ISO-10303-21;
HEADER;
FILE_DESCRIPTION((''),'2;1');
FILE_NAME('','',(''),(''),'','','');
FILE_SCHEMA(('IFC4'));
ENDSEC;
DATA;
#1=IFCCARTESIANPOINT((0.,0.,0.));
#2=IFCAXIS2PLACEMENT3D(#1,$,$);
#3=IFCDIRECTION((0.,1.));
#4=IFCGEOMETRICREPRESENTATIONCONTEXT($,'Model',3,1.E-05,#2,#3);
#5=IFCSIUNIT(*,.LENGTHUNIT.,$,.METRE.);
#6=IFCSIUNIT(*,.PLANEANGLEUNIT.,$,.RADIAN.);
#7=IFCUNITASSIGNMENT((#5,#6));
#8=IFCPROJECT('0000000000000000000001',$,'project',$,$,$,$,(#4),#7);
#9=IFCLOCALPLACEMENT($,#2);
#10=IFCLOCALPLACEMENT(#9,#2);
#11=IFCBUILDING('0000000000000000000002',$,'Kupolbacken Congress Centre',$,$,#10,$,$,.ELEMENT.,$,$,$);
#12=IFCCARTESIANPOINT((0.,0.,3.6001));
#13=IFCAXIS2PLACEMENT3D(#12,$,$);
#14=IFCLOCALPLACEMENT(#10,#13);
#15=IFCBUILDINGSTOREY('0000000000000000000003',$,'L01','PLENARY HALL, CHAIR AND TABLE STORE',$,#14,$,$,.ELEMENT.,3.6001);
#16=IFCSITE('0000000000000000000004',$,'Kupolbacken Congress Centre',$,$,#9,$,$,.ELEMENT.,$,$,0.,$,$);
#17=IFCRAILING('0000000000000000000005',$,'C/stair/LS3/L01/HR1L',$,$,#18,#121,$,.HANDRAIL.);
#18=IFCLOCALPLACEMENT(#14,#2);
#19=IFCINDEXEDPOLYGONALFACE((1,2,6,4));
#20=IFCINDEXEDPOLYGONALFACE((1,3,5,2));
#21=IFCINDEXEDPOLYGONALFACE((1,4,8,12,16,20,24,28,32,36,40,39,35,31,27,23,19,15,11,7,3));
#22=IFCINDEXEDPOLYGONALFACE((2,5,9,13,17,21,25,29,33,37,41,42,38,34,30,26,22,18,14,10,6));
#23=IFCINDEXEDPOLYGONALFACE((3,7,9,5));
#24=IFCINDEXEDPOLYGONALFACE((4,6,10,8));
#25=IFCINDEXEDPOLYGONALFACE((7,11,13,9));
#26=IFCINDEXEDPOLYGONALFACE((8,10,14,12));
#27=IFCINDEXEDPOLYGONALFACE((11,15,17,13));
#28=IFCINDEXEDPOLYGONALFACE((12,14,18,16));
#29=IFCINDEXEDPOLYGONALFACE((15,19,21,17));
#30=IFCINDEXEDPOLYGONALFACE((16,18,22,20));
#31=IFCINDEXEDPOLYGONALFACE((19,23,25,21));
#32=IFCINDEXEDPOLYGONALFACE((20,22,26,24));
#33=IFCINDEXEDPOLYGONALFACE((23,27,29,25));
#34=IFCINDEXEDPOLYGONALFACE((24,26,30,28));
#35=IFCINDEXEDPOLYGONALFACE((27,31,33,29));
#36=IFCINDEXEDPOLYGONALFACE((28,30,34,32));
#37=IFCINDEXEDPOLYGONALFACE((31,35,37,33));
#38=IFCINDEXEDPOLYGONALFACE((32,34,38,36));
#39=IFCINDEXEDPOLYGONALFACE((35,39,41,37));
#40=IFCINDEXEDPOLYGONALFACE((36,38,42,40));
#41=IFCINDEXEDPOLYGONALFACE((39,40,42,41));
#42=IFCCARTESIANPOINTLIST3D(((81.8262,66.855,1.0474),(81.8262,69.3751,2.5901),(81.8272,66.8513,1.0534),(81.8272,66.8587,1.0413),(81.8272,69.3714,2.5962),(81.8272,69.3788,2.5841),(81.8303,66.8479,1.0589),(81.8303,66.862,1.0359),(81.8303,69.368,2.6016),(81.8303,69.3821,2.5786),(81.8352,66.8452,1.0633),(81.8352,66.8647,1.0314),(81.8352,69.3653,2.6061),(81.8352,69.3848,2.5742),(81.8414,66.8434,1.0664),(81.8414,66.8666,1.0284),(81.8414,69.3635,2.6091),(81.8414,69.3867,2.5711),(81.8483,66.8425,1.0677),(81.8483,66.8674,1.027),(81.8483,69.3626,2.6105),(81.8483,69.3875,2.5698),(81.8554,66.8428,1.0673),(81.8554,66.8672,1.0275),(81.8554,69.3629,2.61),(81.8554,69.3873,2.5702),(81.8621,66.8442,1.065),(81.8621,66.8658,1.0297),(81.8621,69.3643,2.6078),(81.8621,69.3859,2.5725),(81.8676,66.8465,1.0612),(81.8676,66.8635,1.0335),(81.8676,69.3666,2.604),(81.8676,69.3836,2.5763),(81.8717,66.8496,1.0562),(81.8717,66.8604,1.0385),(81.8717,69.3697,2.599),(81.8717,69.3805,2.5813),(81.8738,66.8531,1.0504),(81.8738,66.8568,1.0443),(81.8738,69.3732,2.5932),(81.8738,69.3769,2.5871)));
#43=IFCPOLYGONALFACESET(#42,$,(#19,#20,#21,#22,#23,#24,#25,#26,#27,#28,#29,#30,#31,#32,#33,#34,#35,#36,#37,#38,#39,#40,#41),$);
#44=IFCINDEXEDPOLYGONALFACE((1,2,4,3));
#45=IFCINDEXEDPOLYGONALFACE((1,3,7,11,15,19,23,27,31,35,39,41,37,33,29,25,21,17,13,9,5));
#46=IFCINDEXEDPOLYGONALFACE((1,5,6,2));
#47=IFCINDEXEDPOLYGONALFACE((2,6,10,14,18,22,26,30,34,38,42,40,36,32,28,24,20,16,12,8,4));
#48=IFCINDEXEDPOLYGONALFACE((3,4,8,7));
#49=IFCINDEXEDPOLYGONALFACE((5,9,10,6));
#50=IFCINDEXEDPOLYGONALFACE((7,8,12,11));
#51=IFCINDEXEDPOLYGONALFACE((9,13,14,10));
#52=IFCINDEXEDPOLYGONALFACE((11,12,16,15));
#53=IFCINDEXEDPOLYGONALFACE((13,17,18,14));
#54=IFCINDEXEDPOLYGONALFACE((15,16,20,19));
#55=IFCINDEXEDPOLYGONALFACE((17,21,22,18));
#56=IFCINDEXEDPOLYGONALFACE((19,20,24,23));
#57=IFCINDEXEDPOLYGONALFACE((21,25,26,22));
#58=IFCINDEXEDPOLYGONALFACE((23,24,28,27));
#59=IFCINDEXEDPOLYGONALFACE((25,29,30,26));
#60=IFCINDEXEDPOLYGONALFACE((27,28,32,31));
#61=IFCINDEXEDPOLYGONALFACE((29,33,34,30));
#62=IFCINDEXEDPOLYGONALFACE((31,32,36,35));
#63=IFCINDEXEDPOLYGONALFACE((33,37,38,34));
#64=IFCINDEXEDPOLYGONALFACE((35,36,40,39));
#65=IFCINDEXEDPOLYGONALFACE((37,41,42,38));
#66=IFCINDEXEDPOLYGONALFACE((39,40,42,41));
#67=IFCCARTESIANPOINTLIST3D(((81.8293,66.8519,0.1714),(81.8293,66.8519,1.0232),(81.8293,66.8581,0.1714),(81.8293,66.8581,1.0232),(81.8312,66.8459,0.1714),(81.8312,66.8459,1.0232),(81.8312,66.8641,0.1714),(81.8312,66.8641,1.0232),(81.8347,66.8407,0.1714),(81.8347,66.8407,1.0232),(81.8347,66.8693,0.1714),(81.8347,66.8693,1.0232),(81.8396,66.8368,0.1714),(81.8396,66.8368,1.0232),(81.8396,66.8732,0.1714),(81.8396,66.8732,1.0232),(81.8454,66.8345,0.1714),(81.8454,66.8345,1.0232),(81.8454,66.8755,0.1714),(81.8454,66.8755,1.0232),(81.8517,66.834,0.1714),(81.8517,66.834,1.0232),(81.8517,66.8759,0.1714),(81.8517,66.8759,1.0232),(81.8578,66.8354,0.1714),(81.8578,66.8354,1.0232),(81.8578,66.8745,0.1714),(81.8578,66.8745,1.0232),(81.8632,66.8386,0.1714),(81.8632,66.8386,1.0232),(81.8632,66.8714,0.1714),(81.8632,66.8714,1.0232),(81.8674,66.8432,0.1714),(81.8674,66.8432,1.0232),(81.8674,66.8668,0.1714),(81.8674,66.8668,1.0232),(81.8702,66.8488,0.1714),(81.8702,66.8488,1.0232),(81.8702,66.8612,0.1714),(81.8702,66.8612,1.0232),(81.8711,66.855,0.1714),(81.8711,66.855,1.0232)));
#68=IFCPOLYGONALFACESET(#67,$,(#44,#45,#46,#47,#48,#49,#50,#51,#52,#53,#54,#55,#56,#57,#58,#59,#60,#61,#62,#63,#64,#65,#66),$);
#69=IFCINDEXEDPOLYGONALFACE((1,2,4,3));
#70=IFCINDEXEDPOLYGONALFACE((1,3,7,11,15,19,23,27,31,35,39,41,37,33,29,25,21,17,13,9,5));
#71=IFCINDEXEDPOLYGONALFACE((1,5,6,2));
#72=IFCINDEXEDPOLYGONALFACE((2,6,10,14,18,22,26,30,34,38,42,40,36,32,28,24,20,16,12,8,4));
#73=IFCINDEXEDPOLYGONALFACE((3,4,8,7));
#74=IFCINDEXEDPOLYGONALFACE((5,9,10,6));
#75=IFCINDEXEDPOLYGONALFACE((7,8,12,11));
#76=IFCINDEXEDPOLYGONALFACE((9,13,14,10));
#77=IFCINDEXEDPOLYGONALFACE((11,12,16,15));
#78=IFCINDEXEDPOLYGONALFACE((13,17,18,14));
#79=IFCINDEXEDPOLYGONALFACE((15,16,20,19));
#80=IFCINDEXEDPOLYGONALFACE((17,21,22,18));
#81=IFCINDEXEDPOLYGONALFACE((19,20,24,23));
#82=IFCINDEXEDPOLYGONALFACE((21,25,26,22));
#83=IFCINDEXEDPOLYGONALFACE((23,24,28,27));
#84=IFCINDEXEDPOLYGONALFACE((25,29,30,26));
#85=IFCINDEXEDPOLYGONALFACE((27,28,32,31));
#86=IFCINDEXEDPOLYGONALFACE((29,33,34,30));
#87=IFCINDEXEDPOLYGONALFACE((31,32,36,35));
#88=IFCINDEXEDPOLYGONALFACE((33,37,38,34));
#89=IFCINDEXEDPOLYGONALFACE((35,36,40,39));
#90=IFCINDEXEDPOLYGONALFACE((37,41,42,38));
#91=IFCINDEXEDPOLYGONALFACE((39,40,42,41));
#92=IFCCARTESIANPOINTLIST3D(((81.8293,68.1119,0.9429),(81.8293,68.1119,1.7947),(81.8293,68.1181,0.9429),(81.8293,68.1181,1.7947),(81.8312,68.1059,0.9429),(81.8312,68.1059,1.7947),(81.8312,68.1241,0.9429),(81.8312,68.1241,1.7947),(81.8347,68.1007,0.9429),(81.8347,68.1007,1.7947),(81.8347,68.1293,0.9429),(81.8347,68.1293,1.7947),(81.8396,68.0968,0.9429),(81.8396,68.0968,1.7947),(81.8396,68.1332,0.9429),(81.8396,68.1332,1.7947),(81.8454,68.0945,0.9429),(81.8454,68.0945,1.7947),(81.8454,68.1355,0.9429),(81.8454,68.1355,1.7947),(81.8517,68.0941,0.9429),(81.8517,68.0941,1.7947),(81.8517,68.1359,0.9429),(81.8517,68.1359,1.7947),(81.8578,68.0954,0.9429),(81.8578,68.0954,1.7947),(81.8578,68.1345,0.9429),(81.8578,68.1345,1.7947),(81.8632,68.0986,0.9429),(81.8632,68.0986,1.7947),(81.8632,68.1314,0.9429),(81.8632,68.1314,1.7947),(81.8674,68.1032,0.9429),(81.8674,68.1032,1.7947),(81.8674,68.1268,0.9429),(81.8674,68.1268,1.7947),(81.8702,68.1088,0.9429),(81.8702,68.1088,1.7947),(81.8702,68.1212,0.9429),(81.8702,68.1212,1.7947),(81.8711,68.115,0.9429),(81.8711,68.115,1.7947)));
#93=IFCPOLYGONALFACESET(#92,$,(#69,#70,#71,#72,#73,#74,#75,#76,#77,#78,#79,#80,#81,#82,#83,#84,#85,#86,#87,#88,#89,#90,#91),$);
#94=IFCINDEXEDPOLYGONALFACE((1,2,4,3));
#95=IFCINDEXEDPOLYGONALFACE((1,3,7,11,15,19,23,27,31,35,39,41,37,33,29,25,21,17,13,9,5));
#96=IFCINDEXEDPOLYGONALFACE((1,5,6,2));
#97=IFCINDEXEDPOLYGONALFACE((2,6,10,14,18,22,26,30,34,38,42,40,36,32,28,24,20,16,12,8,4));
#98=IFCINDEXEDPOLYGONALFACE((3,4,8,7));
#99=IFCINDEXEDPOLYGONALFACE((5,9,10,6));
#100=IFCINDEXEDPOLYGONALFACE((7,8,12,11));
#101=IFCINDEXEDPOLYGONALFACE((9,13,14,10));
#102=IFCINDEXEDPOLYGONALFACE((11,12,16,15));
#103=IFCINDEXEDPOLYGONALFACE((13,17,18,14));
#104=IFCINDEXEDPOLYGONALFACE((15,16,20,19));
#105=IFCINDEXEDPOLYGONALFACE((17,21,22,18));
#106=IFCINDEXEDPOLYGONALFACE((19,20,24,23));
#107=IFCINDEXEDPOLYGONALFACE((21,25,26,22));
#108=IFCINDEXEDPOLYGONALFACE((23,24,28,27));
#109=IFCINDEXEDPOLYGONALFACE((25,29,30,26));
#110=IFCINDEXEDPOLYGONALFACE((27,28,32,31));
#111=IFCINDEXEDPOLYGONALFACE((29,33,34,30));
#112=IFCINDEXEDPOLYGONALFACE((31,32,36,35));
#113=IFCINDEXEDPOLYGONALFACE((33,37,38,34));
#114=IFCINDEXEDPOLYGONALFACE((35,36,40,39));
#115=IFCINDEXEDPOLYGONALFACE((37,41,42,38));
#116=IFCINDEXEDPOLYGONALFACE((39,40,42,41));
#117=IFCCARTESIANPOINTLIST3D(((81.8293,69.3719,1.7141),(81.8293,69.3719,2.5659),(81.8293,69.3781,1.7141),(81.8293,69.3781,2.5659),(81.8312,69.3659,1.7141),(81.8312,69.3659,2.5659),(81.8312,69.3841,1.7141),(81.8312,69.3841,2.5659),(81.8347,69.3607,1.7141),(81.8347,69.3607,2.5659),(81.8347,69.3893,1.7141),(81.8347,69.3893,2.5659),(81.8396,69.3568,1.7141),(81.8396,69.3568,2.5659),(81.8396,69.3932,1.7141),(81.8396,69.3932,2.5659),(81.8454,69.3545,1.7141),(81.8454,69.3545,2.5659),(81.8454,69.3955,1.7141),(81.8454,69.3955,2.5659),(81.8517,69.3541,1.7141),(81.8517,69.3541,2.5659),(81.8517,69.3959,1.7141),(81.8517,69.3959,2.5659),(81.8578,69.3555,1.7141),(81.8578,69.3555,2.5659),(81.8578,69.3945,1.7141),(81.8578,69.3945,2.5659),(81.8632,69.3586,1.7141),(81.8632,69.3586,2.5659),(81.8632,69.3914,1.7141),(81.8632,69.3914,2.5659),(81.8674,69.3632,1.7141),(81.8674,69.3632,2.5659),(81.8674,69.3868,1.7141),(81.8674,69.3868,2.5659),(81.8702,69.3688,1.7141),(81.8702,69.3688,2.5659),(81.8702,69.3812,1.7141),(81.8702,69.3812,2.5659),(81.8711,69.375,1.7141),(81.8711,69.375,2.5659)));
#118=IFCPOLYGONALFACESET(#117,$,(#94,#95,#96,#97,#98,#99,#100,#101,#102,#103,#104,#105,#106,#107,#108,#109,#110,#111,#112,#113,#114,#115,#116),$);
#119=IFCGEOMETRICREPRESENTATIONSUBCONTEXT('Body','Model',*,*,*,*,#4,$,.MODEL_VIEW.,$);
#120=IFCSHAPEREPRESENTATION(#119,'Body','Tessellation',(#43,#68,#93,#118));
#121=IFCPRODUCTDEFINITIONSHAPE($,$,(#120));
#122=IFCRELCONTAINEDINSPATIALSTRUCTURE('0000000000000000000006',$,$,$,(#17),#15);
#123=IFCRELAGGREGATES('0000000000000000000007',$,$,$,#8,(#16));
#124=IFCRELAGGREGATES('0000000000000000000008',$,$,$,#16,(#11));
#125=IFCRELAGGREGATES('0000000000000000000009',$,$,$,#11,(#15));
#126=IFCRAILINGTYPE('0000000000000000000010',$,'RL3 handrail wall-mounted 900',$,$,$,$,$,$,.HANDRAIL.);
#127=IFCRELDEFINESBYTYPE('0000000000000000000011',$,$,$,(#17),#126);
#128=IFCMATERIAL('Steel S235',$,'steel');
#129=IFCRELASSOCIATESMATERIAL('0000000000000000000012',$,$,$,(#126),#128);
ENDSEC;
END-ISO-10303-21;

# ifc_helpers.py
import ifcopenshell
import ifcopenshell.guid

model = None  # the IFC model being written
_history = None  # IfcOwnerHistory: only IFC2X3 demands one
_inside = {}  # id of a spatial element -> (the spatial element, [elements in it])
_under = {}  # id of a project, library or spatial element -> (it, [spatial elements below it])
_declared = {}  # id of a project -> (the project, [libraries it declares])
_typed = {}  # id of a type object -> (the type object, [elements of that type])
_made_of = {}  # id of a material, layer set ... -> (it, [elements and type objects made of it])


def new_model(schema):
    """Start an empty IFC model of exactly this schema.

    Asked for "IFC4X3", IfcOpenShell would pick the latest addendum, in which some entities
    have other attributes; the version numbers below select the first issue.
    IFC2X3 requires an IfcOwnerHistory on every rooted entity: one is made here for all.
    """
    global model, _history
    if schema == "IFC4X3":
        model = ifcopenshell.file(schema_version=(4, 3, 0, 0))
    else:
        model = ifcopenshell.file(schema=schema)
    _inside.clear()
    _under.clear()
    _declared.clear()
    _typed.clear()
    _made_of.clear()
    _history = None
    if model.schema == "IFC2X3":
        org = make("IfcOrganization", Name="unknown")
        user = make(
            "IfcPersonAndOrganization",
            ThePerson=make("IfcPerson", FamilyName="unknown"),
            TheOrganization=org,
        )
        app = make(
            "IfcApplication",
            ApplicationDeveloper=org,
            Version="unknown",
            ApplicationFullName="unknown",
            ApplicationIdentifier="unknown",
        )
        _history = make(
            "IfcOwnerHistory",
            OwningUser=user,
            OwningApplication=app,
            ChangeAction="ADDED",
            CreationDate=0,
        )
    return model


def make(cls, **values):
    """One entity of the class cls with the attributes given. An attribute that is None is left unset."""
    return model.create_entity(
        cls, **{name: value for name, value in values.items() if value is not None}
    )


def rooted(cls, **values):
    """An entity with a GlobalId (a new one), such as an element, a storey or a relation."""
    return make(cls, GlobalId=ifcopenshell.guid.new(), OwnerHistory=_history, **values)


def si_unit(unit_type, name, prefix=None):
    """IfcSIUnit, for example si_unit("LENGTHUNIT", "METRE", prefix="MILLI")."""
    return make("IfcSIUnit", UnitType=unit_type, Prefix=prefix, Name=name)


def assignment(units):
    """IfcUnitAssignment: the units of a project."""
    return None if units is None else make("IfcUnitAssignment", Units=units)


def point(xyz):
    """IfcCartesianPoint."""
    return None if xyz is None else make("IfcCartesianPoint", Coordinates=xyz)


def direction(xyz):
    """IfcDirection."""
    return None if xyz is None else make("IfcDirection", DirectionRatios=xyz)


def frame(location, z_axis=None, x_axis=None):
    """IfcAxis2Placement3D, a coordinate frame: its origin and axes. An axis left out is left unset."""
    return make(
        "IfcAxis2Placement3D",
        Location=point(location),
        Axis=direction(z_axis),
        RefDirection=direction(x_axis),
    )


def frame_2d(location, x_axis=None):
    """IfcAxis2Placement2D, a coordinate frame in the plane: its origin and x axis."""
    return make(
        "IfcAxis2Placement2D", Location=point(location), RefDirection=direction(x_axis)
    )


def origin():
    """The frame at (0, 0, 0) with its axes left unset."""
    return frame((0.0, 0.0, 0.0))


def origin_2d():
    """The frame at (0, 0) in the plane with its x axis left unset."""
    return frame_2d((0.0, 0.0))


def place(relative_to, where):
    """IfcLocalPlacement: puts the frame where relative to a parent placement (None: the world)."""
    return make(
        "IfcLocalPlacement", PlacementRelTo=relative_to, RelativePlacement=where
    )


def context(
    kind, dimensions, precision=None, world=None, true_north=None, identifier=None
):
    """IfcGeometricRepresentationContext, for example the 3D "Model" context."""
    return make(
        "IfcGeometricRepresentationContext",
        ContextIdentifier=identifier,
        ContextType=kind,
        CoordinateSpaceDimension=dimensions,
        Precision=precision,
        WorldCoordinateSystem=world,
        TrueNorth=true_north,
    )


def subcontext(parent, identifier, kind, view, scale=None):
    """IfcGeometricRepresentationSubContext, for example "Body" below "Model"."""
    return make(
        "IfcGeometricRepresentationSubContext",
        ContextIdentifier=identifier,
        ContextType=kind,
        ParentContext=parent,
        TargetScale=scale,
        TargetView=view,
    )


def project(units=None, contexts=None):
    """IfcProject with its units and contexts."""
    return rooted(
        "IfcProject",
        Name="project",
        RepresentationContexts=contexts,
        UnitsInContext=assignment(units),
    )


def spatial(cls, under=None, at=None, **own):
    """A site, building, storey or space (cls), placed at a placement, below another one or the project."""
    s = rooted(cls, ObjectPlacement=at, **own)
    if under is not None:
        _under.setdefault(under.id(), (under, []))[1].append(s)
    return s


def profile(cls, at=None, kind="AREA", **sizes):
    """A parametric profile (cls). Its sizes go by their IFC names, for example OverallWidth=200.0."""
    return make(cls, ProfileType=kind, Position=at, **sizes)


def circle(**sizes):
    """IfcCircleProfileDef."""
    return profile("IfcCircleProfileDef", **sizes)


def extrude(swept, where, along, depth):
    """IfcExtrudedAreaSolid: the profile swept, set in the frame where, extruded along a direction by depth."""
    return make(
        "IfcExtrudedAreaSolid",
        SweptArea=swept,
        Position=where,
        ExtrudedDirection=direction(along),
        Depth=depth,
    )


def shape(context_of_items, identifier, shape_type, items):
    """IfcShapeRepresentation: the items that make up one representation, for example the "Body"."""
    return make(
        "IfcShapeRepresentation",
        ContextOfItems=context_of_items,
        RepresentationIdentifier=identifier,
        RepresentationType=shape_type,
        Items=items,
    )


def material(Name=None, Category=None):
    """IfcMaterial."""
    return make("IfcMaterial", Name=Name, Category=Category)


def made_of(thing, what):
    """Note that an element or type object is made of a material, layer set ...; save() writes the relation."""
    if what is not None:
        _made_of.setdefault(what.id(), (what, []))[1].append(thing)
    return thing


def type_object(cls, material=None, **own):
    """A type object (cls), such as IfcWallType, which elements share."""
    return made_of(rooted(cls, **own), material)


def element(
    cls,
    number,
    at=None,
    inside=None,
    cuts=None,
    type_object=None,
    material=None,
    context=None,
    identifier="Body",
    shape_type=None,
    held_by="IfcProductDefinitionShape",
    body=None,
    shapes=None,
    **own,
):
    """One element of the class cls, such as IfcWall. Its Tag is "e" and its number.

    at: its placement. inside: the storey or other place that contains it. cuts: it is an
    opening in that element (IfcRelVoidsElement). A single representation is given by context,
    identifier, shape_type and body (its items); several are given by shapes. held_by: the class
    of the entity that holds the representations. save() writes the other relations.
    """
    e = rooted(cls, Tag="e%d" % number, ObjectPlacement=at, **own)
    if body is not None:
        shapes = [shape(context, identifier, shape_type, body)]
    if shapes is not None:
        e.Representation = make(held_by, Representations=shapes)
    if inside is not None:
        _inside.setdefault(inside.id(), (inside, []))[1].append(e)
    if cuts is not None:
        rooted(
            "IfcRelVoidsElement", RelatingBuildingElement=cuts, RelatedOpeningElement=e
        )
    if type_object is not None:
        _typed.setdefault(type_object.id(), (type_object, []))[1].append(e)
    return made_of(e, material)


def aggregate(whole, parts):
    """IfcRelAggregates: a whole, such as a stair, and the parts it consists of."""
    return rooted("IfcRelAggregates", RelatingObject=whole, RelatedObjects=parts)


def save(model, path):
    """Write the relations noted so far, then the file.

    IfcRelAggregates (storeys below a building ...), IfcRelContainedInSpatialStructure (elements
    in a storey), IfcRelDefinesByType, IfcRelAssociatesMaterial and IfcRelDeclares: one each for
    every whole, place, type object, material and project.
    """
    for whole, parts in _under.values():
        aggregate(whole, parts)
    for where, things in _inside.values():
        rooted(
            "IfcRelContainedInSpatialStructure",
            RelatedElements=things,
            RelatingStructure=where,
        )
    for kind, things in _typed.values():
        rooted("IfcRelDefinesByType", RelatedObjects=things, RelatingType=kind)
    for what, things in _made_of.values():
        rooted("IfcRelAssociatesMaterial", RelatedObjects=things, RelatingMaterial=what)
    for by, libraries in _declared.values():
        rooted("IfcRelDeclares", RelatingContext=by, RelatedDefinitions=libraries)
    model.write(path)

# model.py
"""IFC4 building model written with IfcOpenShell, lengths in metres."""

from ifc_helpers import new_model, si_unit, direction, frame, origin, origin_2d, place, context, subcontext, project, spatial, circle, extrude, material, type_object, element, save


model = new_model("IFC4")

# Units and contexts
model_context = context("Model", 3, precision=1e-05, world=origin(), true_north=direction((0.0, 1.0)))
body_context = subcontext(model_context, "Body", "Model", "MODEL_VIEW")
ifc_project = project(units=[si_unit("LENGTHUNIT", "METRE"), si_unit("PLANEANGLEUNIT", "RADIAN")], contexts=[model_context])

# Site, building, storey
site_placement = place(None, origin())
site = spatial("IfcSite", under=ifc_project, at=site_placement, Name="Kupolbacken Congress Centre", CompositionType="ELEMENT", RefElevation=0.0)
building_placement = place(site_placement, origin())
building = spatial("IfcBuilding", under=site, at=building_placement, Name="Kupolbacken Congress Centre", CompositionType="ELEMENT")
storey_placement = place(building_placement, frame((0.0, 0.0, 3.6001)))
storey = spatial("IfcBuildingStorey", under=building, at=storey_placement, Name="L01", Description="PLENARY HALL, CHAIR AND TABLE STORE", CompositionType="ELEMENT", Elevation=3.6001)

# Railing
ifc_material_1 = material(Name="Steel S235", Category="steel")
railing_type = type_object("IfcRailingType", Name="RL3 handrail wall-mounted 900", PredefinedType="HANDRAIL", material=ifc_material_1)
railing_placement = place(storey_placement, frame((81.8501, 66.855, 0.1714)))
element("IfcRailing", 1, at=railing_placement, inside=storey, type_object=railing_type, Name="C/stair/LS3/L01/HR1L", PredefinedType="HANDRAIL", context=body_context, shape_type="SweptSolid", body=[
    extrude(circle(Radius=0.0239, at=origin_2d()), frame((0.0, 0.0, 0.876), z_axis=(0.0, 0.852873, 0.522118), x_axis=(-1.0, 0.0, 0.0)), (0.0, 0.0, 1.0), 2.9548),
    extrude(circle(Radius=0.021, at=origin_2d()), origin(), (0.0, 0.0, 1.0), 0.8518),
    extrude(circle(Radius=0.021, at=origin_2d()), frame((0.0, 1.26, 0.7715)), (0.0, 0.0, 1.0), 0.8518),
    extrude(circle(Radius=0.021, at=origin_2d()), frame((0.0, 2.52, 1.5427)), (0.0, 0.0, 1.0), 0.8518),
])

save(model, "model.ifc")
